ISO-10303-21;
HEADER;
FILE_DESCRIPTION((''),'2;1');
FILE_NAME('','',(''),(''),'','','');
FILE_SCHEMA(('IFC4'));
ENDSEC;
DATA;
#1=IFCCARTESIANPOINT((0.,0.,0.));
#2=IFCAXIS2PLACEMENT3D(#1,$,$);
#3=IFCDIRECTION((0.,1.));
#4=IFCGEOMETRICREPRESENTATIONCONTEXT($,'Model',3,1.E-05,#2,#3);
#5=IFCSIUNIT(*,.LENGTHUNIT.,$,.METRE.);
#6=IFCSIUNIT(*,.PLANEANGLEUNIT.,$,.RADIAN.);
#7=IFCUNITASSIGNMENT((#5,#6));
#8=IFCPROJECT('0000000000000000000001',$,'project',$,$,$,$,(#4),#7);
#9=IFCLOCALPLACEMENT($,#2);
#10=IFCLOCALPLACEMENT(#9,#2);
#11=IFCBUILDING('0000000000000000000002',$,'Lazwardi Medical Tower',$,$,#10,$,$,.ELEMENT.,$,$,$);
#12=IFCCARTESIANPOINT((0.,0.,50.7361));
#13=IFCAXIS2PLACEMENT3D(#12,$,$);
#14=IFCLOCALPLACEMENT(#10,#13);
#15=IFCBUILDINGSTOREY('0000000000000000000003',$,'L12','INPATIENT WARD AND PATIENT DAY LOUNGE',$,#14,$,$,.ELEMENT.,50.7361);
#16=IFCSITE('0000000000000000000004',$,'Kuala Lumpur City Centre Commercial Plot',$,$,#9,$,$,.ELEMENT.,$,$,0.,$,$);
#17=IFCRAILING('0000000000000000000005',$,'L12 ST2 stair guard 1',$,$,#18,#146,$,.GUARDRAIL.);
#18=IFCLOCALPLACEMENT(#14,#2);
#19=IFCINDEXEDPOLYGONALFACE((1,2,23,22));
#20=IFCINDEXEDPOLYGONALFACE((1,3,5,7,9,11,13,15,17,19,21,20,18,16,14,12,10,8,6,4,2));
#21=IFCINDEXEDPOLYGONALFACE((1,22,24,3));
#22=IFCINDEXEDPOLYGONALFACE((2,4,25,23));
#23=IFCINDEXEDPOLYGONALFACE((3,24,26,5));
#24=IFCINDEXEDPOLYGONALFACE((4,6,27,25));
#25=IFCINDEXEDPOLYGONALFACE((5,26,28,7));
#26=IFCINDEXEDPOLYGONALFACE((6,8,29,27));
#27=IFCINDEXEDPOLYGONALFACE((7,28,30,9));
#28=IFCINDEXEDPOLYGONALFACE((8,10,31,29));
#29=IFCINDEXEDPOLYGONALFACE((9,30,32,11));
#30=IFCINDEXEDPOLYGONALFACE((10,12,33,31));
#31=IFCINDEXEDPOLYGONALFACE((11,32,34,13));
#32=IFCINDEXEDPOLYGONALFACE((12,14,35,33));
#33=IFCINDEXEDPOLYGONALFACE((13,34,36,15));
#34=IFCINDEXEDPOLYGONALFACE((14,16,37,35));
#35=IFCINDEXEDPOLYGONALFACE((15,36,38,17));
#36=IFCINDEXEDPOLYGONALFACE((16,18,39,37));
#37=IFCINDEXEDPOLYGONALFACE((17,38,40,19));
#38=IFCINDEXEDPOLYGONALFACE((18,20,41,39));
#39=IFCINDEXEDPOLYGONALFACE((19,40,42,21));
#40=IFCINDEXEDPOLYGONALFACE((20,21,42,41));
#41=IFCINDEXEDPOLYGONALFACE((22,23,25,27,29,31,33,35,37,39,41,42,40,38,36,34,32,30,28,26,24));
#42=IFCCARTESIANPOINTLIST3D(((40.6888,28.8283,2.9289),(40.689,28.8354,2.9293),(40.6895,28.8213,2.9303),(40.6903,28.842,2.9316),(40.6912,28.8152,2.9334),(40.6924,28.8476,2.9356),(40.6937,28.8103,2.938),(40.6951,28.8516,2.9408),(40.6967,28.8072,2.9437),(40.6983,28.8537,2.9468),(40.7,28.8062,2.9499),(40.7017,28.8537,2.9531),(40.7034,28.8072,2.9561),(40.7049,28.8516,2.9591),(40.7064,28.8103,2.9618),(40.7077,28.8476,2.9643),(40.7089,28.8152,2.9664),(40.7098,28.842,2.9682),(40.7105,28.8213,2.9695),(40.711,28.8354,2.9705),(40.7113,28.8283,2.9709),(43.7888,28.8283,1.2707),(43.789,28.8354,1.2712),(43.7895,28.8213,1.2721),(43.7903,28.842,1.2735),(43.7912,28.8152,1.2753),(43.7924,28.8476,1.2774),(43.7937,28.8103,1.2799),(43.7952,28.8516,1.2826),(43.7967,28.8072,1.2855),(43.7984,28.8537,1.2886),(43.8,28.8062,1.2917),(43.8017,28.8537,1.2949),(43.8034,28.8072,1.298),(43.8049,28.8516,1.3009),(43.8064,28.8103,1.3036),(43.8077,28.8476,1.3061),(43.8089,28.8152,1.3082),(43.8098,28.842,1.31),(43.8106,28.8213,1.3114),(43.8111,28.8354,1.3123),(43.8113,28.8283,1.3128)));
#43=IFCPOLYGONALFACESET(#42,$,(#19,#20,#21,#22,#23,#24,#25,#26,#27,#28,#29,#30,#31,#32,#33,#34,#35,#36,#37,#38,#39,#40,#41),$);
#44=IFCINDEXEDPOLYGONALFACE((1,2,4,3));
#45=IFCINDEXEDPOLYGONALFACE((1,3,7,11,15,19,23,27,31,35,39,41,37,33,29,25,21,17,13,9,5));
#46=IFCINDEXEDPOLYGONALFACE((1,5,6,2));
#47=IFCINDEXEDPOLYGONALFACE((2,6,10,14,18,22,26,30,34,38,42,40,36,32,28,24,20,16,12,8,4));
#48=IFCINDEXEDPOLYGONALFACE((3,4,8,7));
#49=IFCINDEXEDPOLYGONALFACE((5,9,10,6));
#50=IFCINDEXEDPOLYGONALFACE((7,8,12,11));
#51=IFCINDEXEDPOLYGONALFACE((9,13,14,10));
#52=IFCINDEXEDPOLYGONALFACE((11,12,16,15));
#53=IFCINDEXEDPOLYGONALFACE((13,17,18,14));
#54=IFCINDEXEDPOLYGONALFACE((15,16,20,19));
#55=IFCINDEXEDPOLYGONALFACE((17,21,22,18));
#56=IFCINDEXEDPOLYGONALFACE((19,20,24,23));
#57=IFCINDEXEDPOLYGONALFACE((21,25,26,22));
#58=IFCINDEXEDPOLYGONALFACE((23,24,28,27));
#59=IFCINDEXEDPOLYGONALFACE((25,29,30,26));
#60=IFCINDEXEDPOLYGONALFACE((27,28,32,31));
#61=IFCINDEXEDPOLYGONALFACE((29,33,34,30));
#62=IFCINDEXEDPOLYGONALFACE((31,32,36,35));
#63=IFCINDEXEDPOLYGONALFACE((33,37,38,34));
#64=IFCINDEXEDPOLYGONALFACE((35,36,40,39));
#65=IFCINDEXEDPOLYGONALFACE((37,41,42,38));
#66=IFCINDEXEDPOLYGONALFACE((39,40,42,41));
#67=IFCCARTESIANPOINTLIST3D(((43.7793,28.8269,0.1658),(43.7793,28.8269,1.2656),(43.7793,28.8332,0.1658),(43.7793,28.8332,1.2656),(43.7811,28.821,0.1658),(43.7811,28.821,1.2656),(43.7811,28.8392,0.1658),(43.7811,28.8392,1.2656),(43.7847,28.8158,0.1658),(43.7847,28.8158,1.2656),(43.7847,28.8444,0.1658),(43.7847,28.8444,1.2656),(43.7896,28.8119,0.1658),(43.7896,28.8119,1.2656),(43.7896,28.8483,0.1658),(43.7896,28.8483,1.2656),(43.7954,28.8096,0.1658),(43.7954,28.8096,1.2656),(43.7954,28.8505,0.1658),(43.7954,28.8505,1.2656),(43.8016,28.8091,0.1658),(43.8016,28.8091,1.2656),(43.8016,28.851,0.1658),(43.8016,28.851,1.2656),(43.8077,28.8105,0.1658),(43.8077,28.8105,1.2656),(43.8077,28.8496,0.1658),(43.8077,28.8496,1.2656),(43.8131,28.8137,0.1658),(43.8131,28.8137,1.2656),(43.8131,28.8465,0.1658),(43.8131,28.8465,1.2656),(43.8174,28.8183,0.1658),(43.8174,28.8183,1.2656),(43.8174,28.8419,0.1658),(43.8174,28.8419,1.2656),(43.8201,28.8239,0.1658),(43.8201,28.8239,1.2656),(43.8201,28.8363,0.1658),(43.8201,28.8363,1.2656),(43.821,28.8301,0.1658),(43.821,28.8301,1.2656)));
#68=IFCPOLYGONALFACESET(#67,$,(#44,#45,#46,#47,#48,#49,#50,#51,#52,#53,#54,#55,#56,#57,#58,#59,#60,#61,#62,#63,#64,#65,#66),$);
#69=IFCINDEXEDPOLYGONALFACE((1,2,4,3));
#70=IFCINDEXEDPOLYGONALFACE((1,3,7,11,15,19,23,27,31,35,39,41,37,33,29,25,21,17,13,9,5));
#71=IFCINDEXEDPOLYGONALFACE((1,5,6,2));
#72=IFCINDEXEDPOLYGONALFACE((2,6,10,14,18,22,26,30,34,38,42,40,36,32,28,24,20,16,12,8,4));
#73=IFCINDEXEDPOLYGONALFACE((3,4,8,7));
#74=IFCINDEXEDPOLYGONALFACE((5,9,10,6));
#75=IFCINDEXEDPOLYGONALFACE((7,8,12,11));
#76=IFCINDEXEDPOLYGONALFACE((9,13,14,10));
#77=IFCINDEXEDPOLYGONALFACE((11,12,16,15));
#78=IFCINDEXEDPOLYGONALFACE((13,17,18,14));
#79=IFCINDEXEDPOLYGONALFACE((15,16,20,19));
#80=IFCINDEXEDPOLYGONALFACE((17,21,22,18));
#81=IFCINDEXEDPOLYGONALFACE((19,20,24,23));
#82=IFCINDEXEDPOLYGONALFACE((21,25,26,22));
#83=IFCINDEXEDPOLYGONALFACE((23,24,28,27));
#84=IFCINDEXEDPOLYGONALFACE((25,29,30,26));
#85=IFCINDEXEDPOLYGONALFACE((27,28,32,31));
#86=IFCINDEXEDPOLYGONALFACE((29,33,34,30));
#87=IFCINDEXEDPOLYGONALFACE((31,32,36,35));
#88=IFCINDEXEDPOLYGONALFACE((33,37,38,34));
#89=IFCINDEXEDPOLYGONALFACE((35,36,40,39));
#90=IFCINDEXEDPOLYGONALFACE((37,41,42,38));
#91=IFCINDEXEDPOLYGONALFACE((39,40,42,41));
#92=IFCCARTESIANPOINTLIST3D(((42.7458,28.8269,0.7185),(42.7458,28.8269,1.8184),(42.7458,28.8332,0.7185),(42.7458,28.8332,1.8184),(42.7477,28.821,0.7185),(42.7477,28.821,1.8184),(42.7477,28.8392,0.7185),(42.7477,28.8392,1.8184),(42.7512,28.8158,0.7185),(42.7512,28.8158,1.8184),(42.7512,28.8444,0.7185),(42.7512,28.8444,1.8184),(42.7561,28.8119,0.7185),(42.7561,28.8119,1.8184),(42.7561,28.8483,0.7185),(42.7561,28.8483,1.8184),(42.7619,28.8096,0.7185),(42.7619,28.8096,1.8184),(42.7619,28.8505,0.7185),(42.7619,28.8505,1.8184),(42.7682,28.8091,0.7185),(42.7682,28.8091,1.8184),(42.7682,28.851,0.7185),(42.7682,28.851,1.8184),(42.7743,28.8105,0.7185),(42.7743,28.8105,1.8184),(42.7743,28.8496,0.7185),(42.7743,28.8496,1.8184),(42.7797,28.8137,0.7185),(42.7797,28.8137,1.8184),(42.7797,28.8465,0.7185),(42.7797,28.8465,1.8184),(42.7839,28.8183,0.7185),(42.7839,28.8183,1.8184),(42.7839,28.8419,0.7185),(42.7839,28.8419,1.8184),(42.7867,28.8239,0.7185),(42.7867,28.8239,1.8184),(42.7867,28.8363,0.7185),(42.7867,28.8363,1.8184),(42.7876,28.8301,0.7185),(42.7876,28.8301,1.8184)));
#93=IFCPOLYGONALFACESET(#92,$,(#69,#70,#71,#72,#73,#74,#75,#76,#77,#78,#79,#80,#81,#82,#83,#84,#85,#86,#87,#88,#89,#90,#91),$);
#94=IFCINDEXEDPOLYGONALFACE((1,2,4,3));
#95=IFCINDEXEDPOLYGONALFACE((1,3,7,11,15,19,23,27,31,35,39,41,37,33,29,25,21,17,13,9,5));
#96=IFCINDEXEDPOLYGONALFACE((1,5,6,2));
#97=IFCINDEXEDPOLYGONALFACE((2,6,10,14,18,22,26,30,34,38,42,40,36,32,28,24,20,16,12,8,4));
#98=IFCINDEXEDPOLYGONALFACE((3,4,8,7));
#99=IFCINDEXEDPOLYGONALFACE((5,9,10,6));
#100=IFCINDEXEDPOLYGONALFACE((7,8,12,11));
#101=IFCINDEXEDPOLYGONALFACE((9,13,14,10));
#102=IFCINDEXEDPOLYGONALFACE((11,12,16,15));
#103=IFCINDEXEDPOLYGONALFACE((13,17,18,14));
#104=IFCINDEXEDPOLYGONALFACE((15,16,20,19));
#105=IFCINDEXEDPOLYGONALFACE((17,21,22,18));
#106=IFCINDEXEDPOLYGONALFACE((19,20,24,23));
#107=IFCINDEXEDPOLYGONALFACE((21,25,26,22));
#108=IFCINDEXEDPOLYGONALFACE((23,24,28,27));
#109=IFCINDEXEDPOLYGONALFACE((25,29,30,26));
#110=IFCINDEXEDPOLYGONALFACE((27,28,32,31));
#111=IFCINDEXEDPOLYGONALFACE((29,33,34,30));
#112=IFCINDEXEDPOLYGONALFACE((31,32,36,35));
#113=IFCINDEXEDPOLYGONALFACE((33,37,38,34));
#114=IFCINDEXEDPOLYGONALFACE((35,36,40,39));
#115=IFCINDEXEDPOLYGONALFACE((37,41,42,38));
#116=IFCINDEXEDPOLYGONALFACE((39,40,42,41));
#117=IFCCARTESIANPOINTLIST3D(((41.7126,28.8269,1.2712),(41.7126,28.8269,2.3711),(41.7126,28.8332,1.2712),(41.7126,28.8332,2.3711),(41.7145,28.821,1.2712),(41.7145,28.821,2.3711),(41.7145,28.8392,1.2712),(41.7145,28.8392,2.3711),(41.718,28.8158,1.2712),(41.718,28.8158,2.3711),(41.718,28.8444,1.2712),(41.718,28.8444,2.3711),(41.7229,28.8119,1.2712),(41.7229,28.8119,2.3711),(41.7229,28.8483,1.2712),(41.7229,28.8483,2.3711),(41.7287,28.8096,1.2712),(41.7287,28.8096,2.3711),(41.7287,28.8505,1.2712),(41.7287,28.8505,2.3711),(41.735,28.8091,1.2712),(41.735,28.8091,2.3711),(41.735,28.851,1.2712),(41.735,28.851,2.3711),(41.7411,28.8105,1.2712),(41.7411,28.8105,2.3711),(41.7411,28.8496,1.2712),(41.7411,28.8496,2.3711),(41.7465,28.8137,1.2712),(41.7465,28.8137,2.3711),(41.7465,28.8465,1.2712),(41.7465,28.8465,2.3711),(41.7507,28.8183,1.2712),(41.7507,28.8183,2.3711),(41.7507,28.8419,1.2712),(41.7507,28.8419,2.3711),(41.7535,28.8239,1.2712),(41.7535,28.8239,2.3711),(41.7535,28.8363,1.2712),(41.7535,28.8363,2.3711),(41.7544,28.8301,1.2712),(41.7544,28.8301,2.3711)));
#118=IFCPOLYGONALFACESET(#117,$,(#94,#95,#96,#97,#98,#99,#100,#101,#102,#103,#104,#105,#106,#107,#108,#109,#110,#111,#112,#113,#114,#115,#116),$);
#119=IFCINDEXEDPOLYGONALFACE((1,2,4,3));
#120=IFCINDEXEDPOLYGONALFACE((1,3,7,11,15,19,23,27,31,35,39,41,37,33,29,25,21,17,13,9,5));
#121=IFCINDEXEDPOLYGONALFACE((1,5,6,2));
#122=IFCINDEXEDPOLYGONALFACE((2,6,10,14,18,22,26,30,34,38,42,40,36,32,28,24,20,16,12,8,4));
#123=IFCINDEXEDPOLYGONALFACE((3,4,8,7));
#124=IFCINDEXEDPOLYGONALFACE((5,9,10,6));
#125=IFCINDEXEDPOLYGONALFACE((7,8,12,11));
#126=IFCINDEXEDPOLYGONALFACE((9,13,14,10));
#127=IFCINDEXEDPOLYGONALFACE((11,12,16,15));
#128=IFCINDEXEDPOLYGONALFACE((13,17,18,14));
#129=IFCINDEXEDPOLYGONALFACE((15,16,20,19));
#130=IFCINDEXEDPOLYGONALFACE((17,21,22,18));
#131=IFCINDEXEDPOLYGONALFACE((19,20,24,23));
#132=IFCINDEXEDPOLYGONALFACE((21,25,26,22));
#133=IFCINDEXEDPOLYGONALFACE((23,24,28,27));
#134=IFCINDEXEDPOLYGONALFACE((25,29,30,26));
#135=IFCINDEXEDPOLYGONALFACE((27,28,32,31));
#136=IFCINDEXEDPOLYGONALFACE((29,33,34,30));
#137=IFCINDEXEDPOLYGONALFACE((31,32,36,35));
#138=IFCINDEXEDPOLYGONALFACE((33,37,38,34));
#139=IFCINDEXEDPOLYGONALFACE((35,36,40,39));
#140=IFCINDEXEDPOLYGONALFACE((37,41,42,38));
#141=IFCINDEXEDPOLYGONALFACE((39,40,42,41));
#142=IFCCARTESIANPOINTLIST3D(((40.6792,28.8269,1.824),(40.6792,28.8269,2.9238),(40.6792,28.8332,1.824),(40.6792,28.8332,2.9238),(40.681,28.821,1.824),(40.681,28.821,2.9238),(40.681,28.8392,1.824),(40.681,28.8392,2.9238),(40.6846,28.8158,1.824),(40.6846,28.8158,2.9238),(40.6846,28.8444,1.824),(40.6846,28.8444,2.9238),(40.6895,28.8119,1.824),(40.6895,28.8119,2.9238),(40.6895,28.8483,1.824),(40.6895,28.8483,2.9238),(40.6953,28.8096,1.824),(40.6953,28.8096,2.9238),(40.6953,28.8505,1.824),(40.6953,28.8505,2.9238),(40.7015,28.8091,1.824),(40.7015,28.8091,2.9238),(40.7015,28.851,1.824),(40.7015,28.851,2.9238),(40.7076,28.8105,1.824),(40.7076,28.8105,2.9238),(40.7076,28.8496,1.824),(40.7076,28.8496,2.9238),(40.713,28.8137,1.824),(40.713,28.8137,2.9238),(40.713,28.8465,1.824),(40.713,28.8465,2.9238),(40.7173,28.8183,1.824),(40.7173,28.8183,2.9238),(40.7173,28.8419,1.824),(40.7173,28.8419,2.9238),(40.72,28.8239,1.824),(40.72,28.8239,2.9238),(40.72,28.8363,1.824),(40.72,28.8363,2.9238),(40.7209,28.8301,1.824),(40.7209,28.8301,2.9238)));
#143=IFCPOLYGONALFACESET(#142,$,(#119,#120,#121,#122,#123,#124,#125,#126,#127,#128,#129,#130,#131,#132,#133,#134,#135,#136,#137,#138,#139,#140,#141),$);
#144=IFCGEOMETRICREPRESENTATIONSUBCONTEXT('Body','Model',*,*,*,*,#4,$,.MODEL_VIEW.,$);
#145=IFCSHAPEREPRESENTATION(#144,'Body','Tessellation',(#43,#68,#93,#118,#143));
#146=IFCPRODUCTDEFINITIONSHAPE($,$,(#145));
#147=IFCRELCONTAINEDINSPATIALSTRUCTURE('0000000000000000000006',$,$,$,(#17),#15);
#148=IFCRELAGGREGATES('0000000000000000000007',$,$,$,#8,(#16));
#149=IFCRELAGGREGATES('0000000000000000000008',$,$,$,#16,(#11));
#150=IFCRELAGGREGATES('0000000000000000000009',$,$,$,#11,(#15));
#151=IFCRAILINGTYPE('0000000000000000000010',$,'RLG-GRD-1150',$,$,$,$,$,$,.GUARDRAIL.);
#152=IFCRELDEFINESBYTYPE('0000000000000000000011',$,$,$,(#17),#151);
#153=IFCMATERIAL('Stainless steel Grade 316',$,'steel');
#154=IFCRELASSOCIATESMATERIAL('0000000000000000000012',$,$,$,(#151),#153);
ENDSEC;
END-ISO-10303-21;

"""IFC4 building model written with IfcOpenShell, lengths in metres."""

from ifc_helpers import new_model, si_unit, direction, frame, origin, origin_2d, place, context, subcontext, project, spatial, circle, extrude, material, type_object, element, save


model = new_model("IFC4")

# Units and contexts
model_context = context("Model", 3, precision=1e-05, world=origin(), true_north=direction((0.0, 1.0)))
body_context = subcontext(model_context, "Body", "Model", "MODEL_VIEW")
ifc_project = project(units=[si_unit("LENGTHUNIT", "METRE"), si_unit("PLANEANGLEUNIT", "RADIAN")], contexts=[model_context])

# Site, building, storey
site_placement = place(None, origin())
site = spatial("IfcSite", under=ifc_project, at=site_placement, Name="Kuala Lumpur City Centre Commercial Plot", CompositionType="ELEMENT", RefElevation=0.0)
building_placement = place(site_placement, origin())
building = spatial("IfcBuilding", under=site, at=building_placement, Name="Lazwardi Medical Tower", CompositionType="ELEMENT")
storey_placement = place(building_placement, frame((0.0, 0.0, 50.7361)))
storey = spatial("IfcBuildingStorey", under=building, at=storey_placement, Name="L12", Description="INPATIENT WARD AND PATIENT DAY LOUNGE", CompositionType="ELEMENT", Elevation=50.7361)

# Railing
ifc_material_1 = material(Name="Stainless steel Grade 316", Category="steel")
railing_type_1 = type_object("IfcRailingType", Name="RLG-GRD-1150", PredefinedType="GUARDRAIL", material=ifc_material_1)
railing_1_placement = place(storey_placement, frame((43.8, 28.8301, 0.1658)))
element("IfcRailing", 1, at=railing_1_placement, inside=storey, type_object=railing_type_1, Name="L12 ST2 stair guard 1", PredefinedType="GUARDRAIL", context=body_context, shape_type="SweptSolid", body=[
    extrude(circle(Radius=0.0239, at=origin_2d()), frame((0.0, 0.0, 1.126), z_axis=(-0.881783, 0.0, 0.471655), x_axis=(0.0, -1.0, 0.0)), (0.0, 0.0, 1.0), 3.5156),
    extrude(circle(Radius=0.021, at=origin_2d()), origin(), (0.0, 0.0, 1.0), 1.0999),
    extrude(circle(Radius=0.021, at=origin_2d()), frame((-1.0334, 0.0, 0.5527)), (0.0, 0.0, 1.0), 1.0999),
    extrude(circle(Radius=0.021, at=origin_2d()), frame((-2.0667, 0.0, 1.1055)), (0.0, 0.0, 1.0), 1.0999),
    extrude(circle(Radius=0.021, at=origin_2d()), frame((-3.1001, 0.0, 1.6582)), (0.0, 0.0, 1.0), 1.0999),
])

save(model, "model.ifc")
